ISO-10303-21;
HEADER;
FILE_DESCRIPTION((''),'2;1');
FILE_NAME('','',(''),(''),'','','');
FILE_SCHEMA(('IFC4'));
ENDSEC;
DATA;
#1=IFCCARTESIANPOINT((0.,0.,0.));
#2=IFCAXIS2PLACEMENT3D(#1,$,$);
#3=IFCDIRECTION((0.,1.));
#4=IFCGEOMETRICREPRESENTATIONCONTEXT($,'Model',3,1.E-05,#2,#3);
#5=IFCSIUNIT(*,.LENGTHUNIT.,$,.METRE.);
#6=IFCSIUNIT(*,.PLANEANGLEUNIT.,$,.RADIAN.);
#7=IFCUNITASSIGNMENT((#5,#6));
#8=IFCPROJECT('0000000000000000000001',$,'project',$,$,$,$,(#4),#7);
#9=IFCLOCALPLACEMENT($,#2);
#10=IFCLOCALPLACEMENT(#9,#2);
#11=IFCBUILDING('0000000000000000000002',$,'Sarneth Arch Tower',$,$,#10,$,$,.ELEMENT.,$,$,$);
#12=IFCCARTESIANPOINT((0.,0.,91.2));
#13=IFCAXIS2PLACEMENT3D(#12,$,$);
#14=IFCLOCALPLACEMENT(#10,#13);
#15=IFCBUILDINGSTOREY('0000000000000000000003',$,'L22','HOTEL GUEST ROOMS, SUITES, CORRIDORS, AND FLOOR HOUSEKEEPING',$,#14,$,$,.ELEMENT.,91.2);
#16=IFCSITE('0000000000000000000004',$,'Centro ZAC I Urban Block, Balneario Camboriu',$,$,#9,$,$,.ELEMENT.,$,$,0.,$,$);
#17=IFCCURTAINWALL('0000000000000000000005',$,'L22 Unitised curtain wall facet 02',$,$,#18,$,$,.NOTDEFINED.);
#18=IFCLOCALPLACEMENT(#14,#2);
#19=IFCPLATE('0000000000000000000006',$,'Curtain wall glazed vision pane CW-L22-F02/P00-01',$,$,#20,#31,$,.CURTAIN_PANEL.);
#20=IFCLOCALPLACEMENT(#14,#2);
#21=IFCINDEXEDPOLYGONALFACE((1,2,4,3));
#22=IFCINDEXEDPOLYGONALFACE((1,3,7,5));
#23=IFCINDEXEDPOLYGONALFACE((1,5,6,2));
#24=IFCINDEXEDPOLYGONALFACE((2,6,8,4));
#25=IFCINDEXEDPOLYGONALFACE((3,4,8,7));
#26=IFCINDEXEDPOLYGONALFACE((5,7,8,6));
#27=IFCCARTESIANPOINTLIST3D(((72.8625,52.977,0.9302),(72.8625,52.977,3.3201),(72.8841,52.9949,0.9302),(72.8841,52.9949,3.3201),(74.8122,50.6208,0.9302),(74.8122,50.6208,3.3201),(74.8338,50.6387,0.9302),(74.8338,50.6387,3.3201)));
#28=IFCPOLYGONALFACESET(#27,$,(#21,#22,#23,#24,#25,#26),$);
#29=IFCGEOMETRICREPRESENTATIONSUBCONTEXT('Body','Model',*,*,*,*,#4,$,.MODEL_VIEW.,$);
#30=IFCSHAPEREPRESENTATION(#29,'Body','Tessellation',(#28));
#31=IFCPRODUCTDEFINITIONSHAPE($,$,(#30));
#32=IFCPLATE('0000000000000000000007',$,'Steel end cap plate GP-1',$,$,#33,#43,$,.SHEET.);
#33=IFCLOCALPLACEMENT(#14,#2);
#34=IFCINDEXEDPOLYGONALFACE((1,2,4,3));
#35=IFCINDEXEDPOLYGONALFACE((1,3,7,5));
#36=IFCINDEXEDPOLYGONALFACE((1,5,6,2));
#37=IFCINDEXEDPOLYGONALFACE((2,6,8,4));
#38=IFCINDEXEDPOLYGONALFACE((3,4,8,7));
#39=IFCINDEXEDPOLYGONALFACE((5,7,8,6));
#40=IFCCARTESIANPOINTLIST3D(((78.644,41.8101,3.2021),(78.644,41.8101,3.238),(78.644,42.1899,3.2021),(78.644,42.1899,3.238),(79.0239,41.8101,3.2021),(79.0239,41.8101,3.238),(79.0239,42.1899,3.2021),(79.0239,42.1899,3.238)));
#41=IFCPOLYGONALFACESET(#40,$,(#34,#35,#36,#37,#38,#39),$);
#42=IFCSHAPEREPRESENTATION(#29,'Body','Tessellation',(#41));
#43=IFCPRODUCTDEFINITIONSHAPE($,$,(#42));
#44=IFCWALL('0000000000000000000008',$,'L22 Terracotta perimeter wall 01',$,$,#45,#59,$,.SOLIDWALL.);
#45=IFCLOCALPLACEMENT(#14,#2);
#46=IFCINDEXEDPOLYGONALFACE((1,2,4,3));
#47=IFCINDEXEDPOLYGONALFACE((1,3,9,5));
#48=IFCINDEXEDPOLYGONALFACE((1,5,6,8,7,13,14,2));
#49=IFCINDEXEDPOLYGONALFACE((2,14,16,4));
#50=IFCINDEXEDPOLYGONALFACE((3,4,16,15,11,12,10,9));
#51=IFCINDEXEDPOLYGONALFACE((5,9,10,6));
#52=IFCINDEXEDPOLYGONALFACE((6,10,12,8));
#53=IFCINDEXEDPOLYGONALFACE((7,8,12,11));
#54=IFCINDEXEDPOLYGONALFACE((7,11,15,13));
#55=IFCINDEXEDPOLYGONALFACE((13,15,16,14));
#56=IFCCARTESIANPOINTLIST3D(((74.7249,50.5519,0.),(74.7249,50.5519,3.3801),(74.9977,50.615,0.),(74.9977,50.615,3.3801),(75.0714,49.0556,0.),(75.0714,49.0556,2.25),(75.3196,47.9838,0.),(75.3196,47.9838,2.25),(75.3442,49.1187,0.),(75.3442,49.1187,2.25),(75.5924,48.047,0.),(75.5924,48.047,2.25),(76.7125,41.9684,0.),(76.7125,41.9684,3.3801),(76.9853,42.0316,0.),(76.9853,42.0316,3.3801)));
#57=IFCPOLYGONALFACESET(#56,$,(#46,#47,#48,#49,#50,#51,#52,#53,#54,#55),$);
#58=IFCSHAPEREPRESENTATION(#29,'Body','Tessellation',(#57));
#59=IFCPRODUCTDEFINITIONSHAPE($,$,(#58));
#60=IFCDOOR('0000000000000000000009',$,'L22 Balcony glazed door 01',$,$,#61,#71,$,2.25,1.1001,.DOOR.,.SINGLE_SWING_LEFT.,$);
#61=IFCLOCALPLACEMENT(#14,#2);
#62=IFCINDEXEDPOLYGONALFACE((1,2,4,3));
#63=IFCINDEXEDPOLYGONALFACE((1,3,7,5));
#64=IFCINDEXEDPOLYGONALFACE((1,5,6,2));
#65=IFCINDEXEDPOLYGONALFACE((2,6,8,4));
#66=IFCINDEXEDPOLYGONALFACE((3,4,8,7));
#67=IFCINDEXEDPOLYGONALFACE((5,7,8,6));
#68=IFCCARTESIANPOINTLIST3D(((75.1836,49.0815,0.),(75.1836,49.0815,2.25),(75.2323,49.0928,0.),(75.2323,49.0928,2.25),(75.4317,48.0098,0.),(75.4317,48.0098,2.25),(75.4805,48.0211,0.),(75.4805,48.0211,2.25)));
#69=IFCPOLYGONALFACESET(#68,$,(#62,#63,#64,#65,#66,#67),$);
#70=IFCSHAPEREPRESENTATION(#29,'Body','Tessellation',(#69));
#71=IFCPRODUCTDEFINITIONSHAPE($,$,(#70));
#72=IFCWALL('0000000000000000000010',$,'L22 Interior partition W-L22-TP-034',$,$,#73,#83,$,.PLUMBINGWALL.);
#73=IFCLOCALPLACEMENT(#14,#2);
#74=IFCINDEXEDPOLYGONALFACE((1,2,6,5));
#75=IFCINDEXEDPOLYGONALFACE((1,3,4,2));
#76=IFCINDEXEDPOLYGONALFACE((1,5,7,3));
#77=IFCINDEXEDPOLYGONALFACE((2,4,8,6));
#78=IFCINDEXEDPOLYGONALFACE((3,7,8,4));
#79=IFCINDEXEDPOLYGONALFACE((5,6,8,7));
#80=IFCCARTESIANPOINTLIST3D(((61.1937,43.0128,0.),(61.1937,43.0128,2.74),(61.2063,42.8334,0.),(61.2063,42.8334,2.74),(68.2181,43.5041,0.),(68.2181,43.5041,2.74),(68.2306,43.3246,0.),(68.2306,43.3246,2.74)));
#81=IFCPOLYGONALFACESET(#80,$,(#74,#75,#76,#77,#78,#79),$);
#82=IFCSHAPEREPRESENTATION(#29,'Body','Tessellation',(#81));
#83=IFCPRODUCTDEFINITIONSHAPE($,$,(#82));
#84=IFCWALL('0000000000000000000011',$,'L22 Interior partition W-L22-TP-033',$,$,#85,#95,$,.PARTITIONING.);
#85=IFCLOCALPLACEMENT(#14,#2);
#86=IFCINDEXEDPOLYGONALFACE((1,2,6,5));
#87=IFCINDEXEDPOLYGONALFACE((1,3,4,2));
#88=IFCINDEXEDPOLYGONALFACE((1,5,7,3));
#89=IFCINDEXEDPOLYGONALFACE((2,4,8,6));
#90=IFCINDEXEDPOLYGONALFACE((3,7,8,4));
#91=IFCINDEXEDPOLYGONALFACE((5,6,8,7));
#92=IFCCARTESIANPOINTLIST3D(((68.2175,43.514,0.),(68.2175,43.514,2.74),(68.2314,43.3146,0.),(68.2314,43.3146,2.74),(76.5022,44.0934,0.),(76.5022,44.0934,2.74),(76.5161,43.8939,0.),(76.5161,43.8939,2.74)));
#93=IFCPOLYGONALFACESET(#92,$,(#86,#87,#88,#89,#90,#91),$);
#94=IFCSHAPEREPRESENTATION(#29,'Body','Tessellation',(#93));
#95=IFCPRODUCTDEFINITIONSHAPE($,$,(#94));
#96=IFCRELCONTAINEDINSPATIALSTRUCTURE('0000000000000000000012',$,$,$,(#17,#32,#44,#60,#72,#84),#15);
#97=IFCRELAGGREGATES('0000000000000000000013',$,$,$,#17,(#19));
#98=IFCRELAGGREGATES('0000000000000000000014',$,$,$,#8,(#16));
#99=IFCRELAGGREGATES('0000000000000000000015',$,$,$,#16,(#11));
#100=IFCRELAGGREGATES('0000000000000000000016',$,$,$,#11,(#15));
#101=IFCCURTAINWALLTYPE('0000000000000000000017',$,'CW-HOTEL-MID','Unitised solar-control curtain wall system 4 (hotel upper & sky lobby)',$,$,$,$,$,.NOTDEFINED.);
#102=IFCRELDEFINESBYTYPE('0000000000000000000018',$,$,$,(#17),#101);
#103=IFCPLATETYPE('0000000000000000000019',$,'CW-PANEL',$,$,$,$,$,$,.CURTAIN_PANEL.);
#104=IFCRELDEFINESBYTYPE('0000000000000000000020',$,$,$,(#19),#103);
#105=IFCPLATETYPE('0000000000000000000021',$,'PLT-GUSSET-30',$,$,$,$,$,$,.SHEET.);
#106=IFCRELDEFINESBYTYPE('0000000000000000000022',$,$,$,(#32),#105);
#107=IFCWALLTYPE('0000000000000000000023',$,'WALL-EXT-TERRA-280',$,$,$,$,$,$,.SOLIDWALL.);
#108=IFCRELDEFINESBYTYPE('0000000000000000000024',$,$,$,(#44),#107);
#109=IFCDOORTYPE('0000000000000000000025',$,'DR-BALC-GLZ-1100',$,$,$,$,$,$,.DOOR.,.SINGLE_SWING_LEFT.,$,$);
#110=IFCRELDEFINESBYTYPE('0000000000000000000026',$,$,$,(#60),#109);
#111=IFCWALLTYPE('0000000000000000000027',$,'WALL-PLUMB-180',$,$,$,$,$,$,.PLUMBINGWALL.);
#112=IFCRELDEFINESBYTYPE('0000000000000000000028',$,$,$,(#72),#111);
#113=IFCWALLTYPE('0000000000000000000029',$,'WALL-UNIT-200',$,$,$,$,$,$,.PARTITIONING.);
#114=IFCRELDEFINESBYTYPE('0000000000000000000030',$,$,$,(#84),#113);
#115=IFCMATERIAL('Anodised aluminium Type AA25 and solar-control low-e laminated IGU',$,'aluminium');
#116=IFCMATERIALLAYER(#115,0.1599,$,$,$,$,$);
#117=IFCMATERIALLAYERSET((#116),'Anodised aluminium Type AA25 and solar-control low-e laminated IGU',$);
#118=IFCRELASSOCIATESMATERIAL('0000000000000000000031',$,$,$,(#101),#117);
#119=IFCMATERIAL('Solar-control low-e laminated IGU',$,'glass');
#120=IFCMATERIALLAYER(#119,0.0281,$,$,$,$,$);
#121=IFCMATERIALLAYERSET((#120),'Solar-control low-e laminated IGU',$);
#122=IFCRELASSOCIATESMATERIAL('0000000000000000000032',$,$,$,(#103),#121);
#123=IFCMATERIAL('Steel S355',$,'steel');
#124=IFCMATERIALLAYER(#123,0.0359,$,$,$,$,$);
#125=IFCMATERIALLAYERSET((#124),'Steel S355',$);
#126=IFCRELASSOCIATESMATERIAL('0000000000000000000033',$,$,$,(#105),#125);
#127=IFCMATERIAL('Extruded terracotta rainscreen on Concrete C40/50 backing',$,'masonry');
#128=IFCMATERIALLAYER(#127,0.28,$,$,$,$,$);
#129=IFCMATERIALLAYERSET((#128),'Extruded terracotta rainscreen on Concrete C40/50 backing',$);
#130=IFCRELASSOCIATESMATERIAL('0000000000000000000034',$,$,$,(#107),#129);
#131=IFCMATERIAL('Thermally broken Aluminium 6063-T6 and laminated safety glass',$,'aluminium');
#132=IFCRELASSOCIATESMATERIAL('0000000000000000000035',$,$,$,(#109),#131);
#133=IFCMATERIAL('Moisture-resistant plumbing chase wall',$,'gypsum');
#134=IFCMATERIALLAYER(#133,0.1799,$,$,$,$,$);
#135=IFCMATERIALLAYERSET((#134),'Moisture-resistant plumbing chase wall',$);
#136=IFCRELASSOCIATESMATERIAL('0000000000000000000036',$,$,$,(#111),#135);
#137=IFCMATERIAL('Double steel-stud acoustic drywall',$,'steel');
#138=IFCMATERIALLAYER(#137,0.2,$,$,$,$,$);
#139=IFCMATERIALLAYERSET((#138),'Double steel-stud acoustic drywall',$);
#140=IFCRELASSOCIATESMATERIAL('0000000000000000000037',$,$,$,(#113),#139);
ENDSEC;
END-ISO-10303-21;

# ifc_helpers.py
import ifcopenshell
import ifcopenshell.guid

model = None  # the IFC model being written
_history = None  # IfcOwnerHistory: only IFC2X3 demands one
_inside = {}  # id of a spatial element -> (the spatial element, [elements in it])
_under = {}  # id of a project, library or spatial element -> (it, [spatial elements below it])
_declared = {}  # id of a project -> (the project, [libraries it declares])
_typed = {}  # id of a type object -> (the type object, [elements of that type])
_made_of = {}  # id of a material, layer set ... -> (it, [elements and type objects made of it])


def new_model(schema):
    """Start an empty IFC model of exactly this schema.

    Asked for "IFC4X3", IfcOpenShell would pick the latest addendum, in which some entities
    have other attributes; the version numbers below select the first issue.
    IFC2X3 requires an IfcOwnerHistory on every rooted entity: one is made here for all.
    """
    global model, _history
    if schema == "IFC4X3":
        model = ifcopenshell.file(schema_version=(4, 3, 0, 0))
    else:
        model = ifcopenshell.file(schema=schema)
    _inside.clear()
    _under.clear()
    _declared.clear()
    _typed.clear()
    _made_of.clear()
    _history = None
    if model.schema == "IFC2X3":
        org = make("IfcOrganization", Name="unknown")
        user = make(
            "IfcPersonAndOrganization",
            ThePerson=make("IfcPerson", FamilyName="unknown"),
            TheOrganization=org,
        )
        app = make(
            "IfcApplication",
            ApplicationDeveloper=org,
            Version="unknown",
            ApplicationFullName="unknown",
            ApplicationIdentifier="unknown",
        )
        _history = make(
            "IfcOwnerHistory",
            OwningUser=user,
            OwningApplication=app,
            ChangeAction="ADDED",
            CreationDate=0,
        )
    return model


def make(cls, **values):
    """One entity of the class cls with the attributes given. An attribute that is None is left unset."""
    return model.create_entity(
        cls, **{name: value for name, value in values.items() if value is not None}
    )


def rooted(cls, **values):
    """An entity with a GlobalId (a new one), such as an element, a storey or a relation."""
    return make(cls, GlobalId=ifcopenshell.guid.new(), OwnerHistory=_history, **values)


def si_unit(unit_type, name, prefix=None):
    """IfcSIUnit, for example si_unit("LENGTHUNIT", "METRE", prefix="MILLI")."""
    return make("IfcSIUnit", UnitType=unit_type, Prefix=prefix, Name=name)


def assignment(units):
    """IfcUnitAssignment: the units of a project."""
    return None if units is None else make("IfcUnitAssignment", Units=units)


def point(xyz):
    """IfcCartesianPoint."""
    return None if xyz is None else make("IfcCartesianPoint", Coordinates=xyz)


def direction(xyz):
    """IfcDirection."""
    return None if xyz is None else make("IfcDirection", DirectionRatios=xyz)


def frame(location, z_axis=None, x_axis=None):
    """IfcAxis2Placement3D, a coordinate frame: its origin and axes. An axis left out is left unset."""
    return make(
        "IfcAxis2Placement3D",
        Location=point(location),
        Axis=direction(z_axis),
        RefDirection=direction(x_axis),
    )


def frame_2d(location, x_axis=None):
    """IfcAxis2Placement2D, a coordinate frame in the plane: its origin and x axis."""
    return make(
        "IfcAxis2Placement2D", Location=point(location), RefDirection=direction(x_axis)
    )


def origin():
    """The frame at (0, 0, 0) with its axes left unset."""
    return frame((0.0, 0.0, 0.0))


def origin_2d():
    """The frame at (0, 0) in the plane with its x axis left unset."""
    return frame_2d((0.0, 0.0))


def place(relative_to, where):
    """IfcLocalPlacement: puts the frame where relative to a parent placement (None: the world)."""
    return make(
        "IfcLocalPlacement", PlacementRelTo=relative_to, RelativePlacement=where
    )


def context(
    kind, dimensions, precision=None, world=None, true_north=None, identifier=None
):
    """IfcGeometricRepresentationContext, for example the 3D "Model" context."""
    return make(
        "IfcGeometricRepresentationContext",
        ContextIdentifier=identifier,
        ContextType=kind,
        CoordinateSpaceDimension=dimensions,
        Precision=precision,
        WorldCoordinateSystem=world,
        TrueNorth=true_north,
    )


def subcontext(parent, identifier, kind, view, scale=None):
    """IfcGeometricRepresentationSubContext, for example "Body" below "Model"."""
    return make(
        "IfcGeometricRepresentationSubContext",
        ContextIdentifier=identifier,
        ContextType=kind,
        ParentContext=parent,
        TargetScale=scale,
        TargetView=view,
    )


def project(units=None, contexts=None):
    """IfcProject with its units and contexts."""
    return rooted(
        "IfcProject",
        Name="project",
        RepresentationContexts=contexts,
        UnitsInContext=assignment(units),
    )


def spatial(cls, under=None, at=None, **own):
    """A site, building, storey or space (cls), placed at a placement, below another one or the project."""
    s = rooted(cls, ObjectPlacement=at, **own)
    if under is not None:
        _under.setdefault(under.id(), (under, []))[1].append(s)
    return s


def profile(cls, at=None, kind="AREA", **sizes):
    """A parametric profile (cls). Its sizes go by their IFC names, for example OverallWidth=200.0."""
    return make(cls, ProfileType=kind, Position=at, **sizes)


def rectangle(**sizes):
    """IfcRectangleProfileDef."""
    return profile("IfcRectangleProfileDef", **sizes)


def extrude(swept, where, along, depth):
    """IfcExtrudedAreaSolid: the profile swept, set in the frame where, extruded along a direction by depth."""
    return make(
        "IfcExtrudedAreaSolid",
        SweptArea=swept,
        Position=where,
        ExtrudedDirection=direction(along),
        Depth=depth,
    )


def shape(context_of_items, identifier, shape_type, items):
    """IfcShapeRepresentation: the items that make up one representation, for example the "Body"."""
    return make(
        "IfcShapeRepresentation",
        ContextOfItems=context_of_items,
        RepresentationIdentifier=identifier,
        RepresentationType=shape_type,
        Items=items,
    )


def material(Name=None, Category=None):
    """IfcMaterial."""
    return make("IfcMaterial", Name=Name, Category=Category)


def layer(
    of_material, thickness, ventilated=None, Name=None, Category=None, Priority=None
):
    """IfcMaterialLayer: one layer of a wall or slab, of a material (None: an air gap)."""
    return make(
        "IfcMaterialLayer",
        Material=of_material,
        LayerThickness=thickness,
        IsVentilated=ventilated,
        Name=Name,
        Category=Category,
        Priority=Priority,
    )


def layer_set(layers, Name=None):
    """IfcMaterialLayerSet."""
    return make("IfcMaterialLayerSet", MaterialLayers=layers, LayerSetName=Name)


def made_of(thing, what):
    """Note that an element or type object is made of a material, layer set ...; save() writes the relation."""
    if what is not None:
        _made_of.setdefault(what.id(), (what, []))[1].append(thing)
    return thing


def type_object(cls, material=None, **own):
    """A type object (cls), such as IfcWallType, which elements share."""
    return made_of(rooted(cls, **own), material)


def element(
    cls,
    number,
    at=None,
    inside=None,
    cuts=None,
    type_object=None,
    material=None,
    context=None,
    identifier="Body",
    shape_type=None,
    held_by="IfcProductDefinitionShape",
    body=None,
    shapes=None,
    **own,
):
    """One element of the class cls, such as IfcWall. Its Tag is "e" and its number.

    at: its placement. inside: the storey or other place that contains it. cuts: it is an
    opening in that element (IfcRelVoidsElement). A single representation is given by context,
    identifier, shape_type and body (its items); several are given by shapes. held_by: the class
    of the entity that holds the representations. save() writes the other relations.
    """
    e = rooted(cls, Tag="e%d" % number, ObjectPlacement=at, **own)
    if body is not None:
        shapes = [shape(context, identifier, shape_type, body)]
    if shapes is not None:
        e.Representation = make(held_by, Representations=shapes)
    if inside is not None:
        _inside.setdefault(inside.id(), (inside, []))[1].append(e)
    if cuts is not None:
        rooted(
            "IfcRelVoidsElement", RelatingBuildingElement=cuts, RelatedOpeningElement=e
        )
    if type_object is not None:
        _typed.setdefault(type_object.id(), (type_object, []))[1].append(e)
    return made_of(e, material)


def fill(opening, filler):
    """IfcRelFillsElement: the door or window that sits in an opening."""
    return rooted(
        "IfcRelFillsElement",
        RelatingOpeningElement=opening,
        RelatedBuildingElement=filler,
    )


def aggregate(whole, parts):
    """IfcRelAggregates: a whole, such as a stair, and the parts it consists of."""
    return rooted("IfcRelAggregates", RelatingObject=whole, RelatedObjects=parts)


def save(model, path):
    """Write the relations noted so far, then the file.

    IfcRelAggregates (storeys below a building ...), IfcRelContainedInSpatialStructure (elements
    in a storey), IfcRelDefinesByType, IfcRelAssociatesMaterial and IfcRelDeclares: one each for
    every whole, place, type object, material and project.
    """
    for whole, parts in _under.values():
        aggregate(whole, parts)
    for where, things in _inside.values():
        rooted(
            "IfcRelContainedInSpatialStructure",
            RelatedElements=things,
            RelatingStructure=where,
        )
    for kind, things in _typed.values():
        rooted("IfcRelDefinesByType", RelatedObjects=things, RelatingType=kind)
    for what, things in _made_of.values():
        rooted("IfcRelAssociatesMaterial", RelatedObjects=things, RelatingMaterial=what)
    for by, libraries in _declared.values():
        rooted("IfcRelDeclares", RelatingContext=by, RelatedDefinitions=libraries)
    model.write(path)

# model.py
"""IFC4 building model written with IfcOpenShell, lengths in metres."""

from ifc_helpers import new_model, si_unit, direction, frame, frame_2d, origin, origin_2d, place, context, subcontext, project, spatial, rectangle, extrude, material, layer, layer_set, type_object, element, fill, aggregate, save


model = new_model("IFC4")

# Units and contexts
model_context = context("Model", 3, precision=1e-05, world=origin(), true_north=direction((0.0, 1.0)))
body_context = subcontext(model_context, "Body", "Model", "MODEL_VIEW")
ifc_project = project(units=[si_unit("LENGTHUNIT", "METRE"), si_unit("PLANEANGLEUNIT", "RADIAN")], contexts=[model_context])

# Site, building, storey
site_placement = place(None, origin())
site = spatial("IfcSite", under=ifc_project, at=site_placement, Name="Centro ZAC I Urban Block, Balneario Camboriu", CompositionType="ELEMENT", RefElevation=0.0)
building_placement = place(site_placement, origin())
building = spatial("IfcBuilding", under=site, at=building_placement, Name="Sarneth Arch Tower", CompositionType="ELEMENT")
storey_placement = place(building_placement, frame((0.0, 0.0, 91.2)))
storey = spatial("IfcBuildingStorey", under=building, at=storey_placement, Name="L22", Description="HOTEL GUEST ROOMS, SUITES, CORRIDORS, AND FLOOR HOUSEKEEPING", CompositionType="ELEMENT", Elevation=91.2)

# Curtain wall
ifc_material_1 = material(Name="Anodised aluminium Type AA25 and solar-control low-e laminated IGU", Category="aluminium")
ifc_layer_1 = layer(ifc_material_1, 0.1599)
ifc_layer_set_1 = layer_set([ifc_layer_1], Name="Anodised aluminium Type AA25 and solar-control low-e laminated IGU")
curtain_wall_type = type_object("IfcCurtainWallType", Name="CW-HOTEL-MID", Description="Unitised solar-control curtain wall system 4 (hotel upper & sky lobby)", PredefinedType="NOTDEFINED", material=ifc_layer_set_1)
curtain_wall_placement = place(storey_placement, origin())
curtain_wall = element("IfcCurtainWall", 1, at=curtain_wall_placement, inside=storey, type_object=curtain_wall_type, Name="L22 Unitised curtain wall facet 02", PredefinedType="NOTDEFINED")

# Plates
ifc_material_2 = material(Name="Solar-control low-e laminated IGU", Category="glass")
ifc_layer_2 = layer(ifc_material_2, 0.0281)
ifc_layer_set_2 = layer_set([ifc_layer_2], Name="Solar-control low-e laminated IGU")
plate_type_1 = type_object("IfcPlateType", Name="CW-PANEL", PredefinedType="CURTAIN_PANEL", material=ifc_layer_set_2)
plate_1_placement = place(storey_placement, frame((73.8481, 51.8079, 0.9302), z_axis=(0.0, 0.0, 1.0), x_axis=(-0.637515, 0.770438, 0.0)))
plate_1 = element("IfcPlate", 2, at=plate_1_placement, type_object=plate_type_1, Name="Curtain wall glazed vision pane CW-L22-F02/P00-01", PredefinedType="CURTAIN_PANEL", context=body_context, shape_type="SweptSolid", body=[
    extrude(rectangle(XDim=3.0583, YDim=0.0281, at=origin_2d()), origin(), (0.0, 0.0, 1.0), 2.3899),
])
aggregate(curtain_wall, [plate_1])
ifc_material_3 = material(Name="Steel S355", Category="steel")
ifc_layer_3 = layer(ifc_material_3, 0.0359)
ifc_layer_set_3 = layer_set([ifc_layer_3], Name="Steel S355")
plate_type_2 = type_object("IfcPlateType", Name="PLT-GUSSET-30", PredefinedType="SHEET", material=ifc_layer_set_3)
plate_2_placement = place(storey_placement, frame((78.834, 42.0, 3.2021), z_axis=(0.0, 0.0, 1.0), x_axis=(1.0, 0.0, 0.0)))
element("IfcPlate", 3, at=plate_2_placement, inside=storey, type_object=plate_type_2, Name="Steel end cap plate GP-1", PredefinedType="SHEET", context=body_context, shape_type="SweptSolid", body=[
    extrude(rectangle(XDim=0.3799, YDim=0.3799, at=origin_2d()), origin(), (0.0, 0.0, 1.0), 0.0359),
])

# Wall, opening, door
ifc_material_4 = material(Name="Extruded terracotta rainscreen on Concrete C40/50 backing", Category="masonry")
ifc_layer_4 = layer(ifc_material_4, 0.28)
ifc_layer_set_4 = layer_set([ifc_layer_4], Name="Extruded terracotta rainscreen on Concrete C40/50 backing")
wall_type_1 = type_object("IfcWallType", Name="WALL-EXT-TERRA-280", PredefinedType="SOLIDWALL", material=ifc_layer_set_4)
wall_1_placement = place(storey_placement, frame((76.8489, 42.0, 0.0), z_axis=(0.0, 0.0, 1.0), x_axis=(-0.225586, 0.974223, 0.0)))
wall_1 = element("IfcWall", 4, at=wall_1_placement, inside=storey, type_object=wall_type_1, Name="L22 Terracotta perimeter wall 01", PredefinedType="SOLIDWALL", context=body_context, shape_type="SweptSolid", body=[
    extrude(rectangle(XDim=8.8105, YDim=0.28, at=frame_2d((4.4053, 0.0))), origin(), (0.0, 0.0, 1.0), 3.3801),
])
opening_placement = place(wall_1_placement, frame((6.1746, 0.0, 0.0)))
opening = element("IfcOpeningElement", 5, at=opening_placement, cuts=wall_1, PredefinedType="OPENING", context=body_context, shape_type="SweptSolid", body=[
    extrude(rectangle(XDim=1.1001, YDim=2.25, at=frame_2d((0.55, 1.125))), frame((0.0, 0.1499, 0.0), z_axis=(0.0, -1.0, 0.0), x_axis=(1.0, 0.0, 0.0)), (0.0, 0.0, 1.0), 0.3),
])
ifc_material_5 = material(Name="Thermally broken Aluminium 6063-T6 and laminated safety glass", Category="aluminium")
door_type = type_object("IfcDoorType", Name="DR-BALC-GLZ-1100", OperationType="SINGLE_SWING_LEFT", PredefinedType="DOOR", material=ifc_material_5)
door_placement = place(opening_placement, origin())
door = element("IfcDoor", 6, at=door_placement, inside=storey, type_object=door_type, Name="L22 Balcony glazed door 01", OperationType="SINGLE_SWING_LEFT", OverallHeight=2.25, OverallWidth=1.1001, PredefinedType="DOOR", context=body_context, shape_type="SweptSolid", body=[
    extrude(rectangle(XDim=1.1001, YDim=2.25, at=frame_2d((0.55, 1.125))), frame((0.0, 0.0249, 0.0), z_axis=(0.0, -1.0, 0.0), x_axis=(1.0, 0.0, 0.0)), (0.0, 0.0, 1.0), 0.05),
])
fill(opening, door)

# Walls
ifc_material_6 = material(Name="Moisture-resistant plumbing chase wall", Category="gypsum")
ifc_layer_5 = layer(ifc_material_6, 0.1799)
ifc_layer_set_5 = layer_set([ifc_layer_5], Name="Moisture-resistant plumbing chase wall")
wall_type_2 = type_object("IfcWallType", Name="WALL-PLUMB-180", PredefinedType="PLUMBINGWALL", material=ifc_layer_set_5)
wall_2_placement = place(storey_placement, frame((68.2244, 43.4143, 0.0), z_axis=(0.0, 0.0, 1.0), x_axis=(-0.997564, -0.069759, 0.0)))
element("IfcWall", 7, at=wall_2_placement, inside=storey, type_object=wall_type_2, Name="L22 Interior partition W-L22-TP-034", PredefinedType="PLUMBINGWALL", context=body_context, shape_type="SweptSolid", body=[
    extrude(rectangle(XDim=7.0415, YDim=0.1799, at=frame_2d((3.5208, 0.0))), origin(), (0.0, 0.0, 1.0), 2.74),
])
ifc_material_7 = material(Name="Double steel-stud acoustic drywall", Category="steel")
ifc_layer_6 = layer(ifc_material_7, 0.2)
ifc_layer_set_6 = layer_set([ifc_layer_6], Name="Double steel-stud acoustic drywall")
wall_type_3 = type_object("IfcWallType", Name="WALL-UNIT-200", PredefinedType="PARTITIONING", material=ifc_layer_set_6)
wall_3_placement = place(storey_placement, frame((76.509, 43.9937, 0.0), z_axis=(0.0, 0.0, 1.0), x_axis=(-0.997564, -0.06976, 0.0)))
element("IfcWall", 8, at=wall_3_placement, inside=storey, type_object=wall_type_3, Name="L22 Interior partition W-L22-TP-033", PredefinedType="PARTITIONING", context=body_context, shape_type="SweptSolid", body=[
    extrude(rectangle(XDim=8.3049, YDim=0.2, at=frame_2d((4.1523, 0.0))), origin(), (0.0, 0.0, 1.0), 2.74),
])

save(model, "model.ifc")
